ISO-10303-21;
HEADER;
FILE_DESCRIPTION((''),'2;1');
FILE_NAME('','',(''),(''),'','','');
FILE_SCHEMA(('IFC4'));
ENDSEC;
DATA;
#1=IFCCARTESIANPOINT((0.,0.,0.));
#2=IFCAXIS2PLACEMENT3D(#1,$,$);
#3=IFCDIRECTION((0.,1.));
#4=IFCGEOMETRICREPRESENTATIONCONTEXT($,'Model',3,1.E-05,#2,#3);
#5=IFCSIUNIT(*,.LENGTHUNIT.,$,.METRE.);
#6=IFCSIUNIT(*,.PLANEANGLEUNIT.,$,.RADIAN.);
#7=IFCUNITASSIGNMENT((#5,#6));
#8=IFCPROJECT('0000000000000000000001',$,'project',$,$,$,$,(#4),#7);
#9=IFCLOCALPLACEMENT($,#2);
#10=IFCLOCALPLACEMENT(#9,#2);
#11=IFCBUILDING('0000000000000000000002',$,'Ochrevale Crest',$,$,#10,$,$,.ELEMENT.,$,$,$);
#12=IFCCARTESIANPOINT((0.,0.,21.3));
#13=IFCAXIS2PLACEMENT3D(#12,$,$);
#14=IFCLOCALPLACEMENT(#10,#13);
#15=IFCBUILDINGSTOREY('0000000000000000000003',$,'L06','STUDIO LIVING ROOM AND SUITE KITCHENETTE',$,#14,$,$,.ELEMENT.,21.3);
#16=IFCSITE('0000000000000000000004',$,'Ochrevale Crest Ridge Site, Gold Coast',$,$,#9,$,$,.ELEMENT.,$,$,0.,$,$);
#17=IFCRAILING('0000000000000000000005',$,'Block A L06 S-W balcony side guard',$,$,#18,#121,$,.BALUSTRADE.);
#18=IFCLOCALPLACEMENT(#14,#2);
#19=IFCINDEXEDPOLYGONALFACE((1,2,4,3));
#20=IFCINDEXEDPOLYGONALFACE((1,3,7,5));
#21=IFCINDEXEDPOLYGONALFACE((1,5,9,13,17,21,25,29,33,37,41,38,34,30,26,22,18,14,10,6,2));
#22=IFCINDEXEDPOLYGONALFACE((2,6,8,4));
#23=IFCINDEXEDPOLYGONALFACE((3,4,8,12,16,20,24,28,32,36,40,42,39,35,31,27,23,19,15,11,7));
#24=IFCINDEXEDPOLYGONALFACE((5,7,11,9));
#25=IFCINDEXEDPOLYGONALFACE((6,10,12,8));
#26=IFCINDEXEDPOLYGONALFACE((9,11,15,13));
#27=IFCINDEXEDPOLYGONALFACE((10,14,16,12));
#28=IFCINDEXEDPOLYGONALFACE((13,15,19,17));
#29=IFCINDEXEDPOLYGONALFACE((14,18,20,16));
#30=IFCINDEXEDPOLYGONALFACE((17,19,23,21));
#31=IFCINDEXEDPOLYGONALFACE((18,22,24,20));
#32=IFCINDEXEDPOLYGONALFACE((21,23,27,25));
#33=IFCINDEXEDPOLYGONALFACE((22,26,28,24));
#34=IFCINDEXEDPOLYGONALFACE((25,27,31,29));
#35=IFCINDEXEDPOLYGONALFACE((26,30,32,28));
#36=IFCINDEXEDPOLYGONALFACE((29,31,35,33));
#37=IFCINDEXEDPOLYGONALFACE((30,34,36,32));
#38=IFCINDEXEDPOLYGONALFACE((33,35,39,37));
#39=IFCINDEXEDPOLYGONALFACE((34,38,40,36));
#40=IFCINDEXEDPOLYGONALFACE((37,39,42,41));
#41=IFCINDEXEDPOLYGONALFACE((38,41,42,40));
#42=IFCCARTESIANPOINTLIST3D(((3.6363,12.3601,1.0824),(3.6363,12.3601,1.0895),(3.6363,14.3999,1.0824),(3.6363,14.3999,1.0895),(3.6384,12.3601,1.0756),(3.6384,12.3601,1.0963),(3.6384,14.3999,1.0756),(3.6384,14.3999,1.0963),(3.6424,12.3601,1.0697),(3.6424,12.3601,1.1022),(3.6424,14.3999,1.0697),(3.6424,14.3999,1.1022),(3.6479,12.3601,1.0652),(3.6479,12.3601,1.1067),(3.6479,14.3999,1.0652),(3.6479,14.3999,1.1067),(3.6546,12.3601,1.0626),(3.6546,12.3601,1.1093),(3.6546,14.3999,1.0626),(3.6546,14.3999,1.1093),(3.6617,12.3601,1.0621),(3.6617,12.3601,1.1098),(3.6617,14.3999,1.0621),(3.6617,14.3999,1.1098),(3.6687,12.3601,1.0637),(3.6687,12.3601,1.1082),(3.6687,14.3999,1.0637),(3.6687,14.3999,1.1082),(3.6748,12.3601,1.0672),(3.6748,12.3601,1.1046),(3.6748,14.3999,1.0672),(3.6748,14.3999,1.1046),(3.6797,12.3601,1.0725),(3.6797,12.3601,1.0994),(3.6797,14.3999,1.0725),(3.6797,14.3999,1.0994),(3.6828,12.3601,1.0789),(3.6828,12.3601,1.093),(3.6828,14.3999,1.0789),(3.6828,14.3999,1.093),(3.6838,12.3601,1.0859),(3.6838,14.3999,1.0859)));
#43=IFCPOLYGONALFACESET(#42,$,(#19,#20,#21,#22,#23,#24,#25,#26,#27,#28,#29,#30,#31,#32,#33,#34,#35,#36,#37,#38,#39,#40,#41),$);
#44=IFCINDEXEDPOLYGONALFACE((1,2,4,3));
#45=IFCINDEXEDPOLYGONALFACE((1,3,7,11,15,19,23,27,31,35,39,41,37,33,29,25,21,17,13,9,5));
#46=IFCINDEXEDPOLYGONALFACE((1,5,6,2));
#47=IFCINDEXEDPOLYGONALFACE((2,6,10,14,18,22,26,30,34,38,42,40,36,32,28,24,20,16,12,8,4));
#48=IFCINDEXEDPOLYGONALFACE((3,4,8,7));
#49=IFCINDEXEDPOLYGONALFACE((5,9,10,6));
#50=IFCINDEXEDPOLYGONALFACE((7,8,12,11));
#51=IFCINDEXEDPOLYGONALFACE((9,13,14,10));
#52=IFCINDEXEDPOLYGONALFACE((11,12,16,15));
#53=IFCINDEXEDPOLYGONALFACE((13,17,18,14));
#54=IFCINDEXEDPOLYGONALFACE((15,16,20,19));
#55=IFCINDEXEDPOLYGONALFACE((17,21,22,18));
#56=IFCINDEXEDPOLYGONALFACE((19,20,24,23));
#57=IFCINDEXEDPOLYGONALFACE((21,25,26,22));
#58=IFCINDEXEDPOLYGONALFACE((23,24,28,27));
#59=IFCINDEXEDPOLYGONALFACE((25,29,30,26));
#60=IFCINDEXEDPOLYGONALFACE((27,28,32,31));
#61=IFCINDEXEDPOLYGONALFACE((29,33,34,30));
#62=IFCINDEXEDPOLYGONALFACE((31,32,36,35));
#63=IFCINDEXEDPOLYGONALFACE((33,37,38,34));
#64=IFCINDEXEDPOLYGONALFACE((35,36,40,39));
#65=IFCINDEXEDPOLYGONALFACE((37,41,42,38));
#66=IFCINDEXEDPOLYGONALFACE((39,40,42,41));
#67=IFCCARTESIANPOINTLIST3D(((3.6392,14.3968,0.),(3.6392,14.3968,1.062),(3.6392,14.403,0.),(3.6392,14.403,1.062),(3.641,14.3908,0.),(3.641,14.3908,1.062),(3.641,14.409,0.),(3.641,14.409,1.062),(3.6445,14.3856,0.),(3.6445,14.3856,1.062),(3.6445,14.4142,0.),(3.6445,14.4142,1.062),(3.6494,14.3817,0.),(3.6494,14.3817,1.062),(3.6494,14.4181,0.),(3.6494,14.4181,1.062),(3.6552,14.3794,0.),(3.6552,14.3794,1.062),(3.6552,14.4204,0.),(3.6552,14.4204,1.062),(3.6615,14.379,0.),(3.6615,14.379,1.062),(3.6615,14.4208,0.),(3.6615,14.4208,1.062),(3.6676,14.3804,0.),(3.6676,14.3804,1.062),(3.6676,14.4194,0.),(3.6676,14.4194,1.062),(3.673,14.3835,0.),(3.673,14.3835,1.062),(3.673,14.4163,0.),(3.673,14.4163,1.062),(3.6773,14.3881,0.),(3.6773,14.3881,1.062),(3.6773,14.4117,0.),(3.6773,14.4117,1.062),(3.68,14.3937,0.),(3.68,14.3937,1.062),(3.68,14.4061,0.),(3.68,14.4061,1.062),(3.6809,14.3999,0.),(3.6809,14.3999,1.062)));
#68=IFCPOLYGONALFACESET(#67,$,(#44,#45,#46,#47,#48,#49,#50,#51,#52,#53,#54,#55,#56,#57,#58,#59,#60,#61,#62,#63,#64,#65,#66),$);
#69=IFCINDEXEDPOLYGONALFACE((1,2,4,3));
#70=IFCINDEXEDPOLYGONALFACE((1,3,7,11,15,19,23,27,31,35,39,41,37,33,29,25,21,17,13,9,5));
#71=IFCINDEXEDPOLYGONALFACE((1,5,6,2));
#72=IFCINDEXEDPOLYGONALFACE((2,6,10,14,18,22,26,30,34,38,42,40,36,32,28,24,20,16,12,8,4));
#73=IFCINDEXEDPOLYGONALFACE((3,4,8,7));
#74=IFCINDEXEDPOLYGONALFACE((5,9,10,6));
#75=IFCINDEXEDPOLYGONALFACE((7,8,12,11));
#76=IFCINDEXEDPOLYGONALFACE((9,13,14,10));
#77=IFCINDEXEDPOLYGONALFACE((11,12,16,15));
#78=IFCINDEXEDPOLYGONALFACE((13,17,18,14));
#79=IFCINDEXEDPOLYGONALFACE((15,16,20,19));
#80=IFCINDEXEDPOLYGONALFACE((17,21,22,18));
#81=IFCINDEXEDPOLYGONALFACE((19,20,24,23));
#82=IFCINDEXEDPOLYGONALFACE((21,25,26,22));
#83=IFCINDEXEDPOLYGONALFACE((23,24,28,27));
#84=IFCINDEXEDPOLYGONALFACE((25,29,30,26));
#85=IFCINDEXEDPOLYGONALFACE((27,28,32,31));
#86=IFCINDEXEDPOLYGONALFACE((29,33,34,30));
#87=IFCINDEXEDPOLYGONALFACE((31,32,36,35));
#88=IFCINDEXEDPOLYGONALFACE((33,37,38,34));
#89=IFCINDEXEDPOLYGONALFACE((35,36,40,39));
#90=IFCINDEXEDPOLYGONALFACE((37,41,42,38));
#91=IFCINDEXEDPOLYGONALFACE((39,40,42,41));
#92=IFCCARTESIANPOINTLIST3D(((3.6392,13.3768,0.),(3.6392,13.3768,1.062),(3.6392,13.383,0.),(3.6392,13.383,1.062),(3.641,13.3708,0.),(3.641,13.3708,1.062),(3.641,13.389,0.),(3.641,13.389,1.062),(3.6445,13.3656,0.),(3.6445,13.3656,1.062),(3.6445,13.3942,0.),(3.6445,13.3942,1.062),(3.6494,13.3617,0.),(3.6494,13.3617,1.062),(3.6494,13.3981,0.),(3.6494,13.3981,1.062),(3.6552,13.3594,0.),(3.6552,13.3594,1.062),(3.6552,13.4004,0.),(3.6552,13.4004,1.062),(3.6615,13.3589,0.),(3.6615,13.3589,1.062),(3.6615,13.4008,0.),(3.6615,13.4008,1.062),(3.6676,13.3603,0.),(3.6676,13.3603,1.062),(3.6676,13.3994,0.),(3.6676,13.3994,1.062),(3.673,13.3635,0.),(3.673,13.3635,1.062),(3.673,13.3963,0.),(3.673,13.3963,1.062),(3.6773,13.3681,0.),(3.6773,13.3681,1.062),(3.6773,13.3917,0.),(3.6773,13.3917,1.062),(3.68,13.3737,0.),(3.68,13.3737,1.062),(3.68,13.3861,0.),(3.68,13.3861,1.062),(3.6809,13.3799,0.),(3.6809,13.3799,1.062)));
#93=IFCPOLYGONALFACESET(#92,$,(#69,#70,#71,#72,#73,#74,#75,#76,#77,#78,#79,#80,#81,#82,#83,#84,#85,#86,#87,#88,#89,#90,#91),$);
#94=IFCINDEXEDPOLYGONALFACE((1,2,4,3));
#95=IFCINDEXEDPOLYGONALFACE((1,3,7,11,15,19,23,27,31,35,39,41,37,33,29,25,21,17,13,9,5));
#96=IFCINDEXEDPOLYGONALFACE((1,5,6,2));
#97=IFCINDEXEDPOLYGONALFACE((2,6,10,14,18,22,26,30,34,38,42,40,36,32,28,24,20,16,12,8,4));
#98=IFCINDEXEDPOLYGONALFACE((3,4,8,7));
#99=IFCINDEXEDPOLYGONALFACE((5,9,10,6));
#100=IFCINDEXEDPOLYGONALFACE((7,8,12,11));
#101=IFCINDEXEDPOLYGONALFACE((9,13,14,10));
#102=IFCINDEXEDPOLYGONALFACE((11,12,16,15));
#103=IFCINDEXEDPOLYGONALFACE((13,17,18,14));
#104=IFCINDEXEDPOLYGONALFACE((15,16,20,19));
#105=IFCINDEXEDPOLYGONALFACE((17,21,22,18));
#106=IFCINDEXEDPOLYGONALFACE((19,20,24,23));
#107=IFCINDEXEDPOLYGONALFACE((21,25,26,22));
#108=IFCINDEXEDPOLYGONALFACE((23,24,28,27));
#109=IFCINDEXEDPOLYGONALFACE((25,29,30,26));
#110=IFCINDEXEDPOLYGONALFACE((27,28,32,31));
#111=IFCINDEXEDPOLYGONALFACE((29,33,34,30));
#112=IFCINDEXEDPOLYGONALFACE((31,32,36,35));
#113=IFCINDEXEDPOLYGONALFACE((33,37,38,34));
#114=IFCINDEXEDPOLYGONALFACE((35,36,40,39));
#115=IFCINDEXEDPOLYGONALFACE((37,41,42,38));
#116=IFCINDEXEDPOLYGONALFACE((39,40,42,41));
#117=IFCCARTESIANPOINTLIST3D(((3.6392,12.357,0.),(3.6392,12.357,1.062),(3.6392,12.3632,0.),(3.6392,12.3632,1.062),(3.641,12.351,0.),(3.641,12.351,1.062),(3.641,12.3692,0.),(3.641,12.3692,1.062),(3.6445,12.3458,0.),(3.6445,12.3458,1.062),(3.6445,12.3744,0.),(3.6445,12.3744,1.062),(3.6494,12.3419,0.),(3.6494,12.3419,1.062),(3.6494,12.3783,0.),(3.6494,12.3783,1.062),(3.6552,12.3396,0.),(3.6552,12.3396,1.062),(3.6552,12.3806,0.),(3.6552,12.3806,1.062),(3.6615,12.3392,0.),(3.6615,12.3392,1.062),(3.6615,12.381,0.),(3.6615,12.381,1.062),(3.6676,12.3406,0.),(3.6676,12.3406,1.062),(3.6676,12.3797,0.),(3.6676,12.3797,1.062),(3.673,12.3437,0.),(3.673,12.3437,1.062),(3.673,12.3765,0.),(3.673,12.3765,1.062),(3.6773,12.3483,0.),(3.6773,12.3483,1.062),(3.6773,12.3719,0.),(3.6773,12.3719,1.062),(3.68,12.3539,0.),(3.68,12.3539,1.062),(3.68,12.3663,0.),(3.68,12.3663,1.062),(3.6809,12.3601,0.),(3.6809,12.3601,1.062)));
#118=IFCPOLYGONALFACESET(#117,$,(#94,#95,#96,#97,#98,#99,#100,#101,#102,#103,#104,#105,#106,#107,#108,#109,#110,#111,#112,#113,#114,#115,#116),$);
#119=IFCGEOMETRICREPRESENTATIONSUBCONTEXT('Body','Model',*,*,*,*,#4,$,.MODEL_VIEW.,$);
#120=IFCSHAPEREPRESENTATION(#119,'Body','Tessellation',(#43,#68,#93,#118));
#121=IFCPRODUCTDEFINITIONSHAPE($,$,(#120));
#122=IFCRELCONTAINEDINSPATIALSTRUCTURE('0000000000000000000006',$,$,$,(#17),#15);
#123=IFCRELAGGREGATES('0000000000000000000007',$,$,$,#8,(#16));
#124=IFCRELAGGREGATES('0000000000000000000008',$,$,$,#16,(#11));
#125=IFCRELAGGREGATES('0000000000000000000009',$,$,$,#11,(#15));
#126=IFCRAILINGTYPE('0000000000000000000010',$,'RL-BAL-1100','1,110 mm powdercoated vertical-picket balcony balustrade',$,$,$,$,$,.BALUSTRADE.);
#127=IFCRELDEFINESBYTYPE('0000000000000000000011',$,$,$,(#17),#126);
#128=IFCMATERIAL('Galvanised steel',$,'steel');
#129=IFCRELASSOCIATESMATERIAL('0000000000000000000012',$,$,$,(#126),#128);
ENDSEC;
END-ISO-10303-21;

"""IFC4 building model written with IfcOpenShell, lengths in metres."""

from ifc_helpers import new_model, si_unit, direction, frame, origin, origin_2d, place, context, subcontext, project, spatial, circle, extrude, material, type_object, element, save


model = new_model("IFC4")

# Units and contexts
model_context = context("Model", 3, precision=1e-05, world=origin(), true_north=direction((0.0, 1.0)))
body_context = subcontext(model_context, "Body", "Model", "MODEL_VIEW")
ifc_project = project(units=[si_unit("LENGTHUNIT", "METRE"), si_unit("PLANEANGLEUNIT", "RADIAN")], contexts=[model_context])

# Site, building, storey
site_placement = place(None, origin())
site = spatial("IfcSite", under=ifc_project, at=site_placement, Name="Ochrevale Crest Ridge Site, Gold Coast", CompositionType="ELEMENT", RefElevation=0.0)
building_placement = place(site_placement, origin())
building = spatial("IfcBuilding", under=site, at=building_placement, Name="Ochrevale Crest", CompositionType="ELEMENT")
storey_placement = place(building_placement, frame((0.0, 0.0, 21.3)))
storey = spatial("IfcBuildingStorey", under=building, at=storey_placement, Name="L06", Description="STUDIO LIVING ROOM AND SUITE KITCHENETTE", CompositionType="ELEMENT", Elevation=21.3)

# Railing
ifc_material_1 = material(Name="Galvanised steel", Category="steel")
railing_type = type_object("IfcRailingType", Name="RL-BAL-1100", Description="1,110 mm powdercoated vertical-picket balcony balustrade", PredefinedType="BALUSTRADE", material=ifc_material_1)
railing_placement = place(storey_placement, frame((3.6599, 14.3999, 0.0)))
element("IfcRailing", 1, at=railing_placement, inside=storey, type_object=railing_type, Name="Block A L06 S-W balcony side guard", PredefinedType="BALUSTRADE", context=body_context, shape_type="SweptSolid", body=[
    extrude(circle(Radius=0.0239, at=origin_2d()), frame((0.0, 0.0, 1.0859), z_axis=(0.0, -1.0, 0.0), x_axis=(1.0, 0.0, 0.0)), (0.0, 0.0, 1.0), 2.0398),
    extrude(circle(Radius=0.021, at=origin_2d()), origin(), (0.0, 0.0, 1.0), 1.062),
    extrude(circle(Radius=0.021, at=origin_2d()), frame((0.0, -1.02, 0.0)), (0.0, 0.0, 1.0), 1.062),
    extrude(circle(Radius=0.021, at=origin_2d()), frame((0.0, -2.0398, 0.0)), (0.0, 0.0, 1.0), 1.062),
])

save(model, "model.ifc")
